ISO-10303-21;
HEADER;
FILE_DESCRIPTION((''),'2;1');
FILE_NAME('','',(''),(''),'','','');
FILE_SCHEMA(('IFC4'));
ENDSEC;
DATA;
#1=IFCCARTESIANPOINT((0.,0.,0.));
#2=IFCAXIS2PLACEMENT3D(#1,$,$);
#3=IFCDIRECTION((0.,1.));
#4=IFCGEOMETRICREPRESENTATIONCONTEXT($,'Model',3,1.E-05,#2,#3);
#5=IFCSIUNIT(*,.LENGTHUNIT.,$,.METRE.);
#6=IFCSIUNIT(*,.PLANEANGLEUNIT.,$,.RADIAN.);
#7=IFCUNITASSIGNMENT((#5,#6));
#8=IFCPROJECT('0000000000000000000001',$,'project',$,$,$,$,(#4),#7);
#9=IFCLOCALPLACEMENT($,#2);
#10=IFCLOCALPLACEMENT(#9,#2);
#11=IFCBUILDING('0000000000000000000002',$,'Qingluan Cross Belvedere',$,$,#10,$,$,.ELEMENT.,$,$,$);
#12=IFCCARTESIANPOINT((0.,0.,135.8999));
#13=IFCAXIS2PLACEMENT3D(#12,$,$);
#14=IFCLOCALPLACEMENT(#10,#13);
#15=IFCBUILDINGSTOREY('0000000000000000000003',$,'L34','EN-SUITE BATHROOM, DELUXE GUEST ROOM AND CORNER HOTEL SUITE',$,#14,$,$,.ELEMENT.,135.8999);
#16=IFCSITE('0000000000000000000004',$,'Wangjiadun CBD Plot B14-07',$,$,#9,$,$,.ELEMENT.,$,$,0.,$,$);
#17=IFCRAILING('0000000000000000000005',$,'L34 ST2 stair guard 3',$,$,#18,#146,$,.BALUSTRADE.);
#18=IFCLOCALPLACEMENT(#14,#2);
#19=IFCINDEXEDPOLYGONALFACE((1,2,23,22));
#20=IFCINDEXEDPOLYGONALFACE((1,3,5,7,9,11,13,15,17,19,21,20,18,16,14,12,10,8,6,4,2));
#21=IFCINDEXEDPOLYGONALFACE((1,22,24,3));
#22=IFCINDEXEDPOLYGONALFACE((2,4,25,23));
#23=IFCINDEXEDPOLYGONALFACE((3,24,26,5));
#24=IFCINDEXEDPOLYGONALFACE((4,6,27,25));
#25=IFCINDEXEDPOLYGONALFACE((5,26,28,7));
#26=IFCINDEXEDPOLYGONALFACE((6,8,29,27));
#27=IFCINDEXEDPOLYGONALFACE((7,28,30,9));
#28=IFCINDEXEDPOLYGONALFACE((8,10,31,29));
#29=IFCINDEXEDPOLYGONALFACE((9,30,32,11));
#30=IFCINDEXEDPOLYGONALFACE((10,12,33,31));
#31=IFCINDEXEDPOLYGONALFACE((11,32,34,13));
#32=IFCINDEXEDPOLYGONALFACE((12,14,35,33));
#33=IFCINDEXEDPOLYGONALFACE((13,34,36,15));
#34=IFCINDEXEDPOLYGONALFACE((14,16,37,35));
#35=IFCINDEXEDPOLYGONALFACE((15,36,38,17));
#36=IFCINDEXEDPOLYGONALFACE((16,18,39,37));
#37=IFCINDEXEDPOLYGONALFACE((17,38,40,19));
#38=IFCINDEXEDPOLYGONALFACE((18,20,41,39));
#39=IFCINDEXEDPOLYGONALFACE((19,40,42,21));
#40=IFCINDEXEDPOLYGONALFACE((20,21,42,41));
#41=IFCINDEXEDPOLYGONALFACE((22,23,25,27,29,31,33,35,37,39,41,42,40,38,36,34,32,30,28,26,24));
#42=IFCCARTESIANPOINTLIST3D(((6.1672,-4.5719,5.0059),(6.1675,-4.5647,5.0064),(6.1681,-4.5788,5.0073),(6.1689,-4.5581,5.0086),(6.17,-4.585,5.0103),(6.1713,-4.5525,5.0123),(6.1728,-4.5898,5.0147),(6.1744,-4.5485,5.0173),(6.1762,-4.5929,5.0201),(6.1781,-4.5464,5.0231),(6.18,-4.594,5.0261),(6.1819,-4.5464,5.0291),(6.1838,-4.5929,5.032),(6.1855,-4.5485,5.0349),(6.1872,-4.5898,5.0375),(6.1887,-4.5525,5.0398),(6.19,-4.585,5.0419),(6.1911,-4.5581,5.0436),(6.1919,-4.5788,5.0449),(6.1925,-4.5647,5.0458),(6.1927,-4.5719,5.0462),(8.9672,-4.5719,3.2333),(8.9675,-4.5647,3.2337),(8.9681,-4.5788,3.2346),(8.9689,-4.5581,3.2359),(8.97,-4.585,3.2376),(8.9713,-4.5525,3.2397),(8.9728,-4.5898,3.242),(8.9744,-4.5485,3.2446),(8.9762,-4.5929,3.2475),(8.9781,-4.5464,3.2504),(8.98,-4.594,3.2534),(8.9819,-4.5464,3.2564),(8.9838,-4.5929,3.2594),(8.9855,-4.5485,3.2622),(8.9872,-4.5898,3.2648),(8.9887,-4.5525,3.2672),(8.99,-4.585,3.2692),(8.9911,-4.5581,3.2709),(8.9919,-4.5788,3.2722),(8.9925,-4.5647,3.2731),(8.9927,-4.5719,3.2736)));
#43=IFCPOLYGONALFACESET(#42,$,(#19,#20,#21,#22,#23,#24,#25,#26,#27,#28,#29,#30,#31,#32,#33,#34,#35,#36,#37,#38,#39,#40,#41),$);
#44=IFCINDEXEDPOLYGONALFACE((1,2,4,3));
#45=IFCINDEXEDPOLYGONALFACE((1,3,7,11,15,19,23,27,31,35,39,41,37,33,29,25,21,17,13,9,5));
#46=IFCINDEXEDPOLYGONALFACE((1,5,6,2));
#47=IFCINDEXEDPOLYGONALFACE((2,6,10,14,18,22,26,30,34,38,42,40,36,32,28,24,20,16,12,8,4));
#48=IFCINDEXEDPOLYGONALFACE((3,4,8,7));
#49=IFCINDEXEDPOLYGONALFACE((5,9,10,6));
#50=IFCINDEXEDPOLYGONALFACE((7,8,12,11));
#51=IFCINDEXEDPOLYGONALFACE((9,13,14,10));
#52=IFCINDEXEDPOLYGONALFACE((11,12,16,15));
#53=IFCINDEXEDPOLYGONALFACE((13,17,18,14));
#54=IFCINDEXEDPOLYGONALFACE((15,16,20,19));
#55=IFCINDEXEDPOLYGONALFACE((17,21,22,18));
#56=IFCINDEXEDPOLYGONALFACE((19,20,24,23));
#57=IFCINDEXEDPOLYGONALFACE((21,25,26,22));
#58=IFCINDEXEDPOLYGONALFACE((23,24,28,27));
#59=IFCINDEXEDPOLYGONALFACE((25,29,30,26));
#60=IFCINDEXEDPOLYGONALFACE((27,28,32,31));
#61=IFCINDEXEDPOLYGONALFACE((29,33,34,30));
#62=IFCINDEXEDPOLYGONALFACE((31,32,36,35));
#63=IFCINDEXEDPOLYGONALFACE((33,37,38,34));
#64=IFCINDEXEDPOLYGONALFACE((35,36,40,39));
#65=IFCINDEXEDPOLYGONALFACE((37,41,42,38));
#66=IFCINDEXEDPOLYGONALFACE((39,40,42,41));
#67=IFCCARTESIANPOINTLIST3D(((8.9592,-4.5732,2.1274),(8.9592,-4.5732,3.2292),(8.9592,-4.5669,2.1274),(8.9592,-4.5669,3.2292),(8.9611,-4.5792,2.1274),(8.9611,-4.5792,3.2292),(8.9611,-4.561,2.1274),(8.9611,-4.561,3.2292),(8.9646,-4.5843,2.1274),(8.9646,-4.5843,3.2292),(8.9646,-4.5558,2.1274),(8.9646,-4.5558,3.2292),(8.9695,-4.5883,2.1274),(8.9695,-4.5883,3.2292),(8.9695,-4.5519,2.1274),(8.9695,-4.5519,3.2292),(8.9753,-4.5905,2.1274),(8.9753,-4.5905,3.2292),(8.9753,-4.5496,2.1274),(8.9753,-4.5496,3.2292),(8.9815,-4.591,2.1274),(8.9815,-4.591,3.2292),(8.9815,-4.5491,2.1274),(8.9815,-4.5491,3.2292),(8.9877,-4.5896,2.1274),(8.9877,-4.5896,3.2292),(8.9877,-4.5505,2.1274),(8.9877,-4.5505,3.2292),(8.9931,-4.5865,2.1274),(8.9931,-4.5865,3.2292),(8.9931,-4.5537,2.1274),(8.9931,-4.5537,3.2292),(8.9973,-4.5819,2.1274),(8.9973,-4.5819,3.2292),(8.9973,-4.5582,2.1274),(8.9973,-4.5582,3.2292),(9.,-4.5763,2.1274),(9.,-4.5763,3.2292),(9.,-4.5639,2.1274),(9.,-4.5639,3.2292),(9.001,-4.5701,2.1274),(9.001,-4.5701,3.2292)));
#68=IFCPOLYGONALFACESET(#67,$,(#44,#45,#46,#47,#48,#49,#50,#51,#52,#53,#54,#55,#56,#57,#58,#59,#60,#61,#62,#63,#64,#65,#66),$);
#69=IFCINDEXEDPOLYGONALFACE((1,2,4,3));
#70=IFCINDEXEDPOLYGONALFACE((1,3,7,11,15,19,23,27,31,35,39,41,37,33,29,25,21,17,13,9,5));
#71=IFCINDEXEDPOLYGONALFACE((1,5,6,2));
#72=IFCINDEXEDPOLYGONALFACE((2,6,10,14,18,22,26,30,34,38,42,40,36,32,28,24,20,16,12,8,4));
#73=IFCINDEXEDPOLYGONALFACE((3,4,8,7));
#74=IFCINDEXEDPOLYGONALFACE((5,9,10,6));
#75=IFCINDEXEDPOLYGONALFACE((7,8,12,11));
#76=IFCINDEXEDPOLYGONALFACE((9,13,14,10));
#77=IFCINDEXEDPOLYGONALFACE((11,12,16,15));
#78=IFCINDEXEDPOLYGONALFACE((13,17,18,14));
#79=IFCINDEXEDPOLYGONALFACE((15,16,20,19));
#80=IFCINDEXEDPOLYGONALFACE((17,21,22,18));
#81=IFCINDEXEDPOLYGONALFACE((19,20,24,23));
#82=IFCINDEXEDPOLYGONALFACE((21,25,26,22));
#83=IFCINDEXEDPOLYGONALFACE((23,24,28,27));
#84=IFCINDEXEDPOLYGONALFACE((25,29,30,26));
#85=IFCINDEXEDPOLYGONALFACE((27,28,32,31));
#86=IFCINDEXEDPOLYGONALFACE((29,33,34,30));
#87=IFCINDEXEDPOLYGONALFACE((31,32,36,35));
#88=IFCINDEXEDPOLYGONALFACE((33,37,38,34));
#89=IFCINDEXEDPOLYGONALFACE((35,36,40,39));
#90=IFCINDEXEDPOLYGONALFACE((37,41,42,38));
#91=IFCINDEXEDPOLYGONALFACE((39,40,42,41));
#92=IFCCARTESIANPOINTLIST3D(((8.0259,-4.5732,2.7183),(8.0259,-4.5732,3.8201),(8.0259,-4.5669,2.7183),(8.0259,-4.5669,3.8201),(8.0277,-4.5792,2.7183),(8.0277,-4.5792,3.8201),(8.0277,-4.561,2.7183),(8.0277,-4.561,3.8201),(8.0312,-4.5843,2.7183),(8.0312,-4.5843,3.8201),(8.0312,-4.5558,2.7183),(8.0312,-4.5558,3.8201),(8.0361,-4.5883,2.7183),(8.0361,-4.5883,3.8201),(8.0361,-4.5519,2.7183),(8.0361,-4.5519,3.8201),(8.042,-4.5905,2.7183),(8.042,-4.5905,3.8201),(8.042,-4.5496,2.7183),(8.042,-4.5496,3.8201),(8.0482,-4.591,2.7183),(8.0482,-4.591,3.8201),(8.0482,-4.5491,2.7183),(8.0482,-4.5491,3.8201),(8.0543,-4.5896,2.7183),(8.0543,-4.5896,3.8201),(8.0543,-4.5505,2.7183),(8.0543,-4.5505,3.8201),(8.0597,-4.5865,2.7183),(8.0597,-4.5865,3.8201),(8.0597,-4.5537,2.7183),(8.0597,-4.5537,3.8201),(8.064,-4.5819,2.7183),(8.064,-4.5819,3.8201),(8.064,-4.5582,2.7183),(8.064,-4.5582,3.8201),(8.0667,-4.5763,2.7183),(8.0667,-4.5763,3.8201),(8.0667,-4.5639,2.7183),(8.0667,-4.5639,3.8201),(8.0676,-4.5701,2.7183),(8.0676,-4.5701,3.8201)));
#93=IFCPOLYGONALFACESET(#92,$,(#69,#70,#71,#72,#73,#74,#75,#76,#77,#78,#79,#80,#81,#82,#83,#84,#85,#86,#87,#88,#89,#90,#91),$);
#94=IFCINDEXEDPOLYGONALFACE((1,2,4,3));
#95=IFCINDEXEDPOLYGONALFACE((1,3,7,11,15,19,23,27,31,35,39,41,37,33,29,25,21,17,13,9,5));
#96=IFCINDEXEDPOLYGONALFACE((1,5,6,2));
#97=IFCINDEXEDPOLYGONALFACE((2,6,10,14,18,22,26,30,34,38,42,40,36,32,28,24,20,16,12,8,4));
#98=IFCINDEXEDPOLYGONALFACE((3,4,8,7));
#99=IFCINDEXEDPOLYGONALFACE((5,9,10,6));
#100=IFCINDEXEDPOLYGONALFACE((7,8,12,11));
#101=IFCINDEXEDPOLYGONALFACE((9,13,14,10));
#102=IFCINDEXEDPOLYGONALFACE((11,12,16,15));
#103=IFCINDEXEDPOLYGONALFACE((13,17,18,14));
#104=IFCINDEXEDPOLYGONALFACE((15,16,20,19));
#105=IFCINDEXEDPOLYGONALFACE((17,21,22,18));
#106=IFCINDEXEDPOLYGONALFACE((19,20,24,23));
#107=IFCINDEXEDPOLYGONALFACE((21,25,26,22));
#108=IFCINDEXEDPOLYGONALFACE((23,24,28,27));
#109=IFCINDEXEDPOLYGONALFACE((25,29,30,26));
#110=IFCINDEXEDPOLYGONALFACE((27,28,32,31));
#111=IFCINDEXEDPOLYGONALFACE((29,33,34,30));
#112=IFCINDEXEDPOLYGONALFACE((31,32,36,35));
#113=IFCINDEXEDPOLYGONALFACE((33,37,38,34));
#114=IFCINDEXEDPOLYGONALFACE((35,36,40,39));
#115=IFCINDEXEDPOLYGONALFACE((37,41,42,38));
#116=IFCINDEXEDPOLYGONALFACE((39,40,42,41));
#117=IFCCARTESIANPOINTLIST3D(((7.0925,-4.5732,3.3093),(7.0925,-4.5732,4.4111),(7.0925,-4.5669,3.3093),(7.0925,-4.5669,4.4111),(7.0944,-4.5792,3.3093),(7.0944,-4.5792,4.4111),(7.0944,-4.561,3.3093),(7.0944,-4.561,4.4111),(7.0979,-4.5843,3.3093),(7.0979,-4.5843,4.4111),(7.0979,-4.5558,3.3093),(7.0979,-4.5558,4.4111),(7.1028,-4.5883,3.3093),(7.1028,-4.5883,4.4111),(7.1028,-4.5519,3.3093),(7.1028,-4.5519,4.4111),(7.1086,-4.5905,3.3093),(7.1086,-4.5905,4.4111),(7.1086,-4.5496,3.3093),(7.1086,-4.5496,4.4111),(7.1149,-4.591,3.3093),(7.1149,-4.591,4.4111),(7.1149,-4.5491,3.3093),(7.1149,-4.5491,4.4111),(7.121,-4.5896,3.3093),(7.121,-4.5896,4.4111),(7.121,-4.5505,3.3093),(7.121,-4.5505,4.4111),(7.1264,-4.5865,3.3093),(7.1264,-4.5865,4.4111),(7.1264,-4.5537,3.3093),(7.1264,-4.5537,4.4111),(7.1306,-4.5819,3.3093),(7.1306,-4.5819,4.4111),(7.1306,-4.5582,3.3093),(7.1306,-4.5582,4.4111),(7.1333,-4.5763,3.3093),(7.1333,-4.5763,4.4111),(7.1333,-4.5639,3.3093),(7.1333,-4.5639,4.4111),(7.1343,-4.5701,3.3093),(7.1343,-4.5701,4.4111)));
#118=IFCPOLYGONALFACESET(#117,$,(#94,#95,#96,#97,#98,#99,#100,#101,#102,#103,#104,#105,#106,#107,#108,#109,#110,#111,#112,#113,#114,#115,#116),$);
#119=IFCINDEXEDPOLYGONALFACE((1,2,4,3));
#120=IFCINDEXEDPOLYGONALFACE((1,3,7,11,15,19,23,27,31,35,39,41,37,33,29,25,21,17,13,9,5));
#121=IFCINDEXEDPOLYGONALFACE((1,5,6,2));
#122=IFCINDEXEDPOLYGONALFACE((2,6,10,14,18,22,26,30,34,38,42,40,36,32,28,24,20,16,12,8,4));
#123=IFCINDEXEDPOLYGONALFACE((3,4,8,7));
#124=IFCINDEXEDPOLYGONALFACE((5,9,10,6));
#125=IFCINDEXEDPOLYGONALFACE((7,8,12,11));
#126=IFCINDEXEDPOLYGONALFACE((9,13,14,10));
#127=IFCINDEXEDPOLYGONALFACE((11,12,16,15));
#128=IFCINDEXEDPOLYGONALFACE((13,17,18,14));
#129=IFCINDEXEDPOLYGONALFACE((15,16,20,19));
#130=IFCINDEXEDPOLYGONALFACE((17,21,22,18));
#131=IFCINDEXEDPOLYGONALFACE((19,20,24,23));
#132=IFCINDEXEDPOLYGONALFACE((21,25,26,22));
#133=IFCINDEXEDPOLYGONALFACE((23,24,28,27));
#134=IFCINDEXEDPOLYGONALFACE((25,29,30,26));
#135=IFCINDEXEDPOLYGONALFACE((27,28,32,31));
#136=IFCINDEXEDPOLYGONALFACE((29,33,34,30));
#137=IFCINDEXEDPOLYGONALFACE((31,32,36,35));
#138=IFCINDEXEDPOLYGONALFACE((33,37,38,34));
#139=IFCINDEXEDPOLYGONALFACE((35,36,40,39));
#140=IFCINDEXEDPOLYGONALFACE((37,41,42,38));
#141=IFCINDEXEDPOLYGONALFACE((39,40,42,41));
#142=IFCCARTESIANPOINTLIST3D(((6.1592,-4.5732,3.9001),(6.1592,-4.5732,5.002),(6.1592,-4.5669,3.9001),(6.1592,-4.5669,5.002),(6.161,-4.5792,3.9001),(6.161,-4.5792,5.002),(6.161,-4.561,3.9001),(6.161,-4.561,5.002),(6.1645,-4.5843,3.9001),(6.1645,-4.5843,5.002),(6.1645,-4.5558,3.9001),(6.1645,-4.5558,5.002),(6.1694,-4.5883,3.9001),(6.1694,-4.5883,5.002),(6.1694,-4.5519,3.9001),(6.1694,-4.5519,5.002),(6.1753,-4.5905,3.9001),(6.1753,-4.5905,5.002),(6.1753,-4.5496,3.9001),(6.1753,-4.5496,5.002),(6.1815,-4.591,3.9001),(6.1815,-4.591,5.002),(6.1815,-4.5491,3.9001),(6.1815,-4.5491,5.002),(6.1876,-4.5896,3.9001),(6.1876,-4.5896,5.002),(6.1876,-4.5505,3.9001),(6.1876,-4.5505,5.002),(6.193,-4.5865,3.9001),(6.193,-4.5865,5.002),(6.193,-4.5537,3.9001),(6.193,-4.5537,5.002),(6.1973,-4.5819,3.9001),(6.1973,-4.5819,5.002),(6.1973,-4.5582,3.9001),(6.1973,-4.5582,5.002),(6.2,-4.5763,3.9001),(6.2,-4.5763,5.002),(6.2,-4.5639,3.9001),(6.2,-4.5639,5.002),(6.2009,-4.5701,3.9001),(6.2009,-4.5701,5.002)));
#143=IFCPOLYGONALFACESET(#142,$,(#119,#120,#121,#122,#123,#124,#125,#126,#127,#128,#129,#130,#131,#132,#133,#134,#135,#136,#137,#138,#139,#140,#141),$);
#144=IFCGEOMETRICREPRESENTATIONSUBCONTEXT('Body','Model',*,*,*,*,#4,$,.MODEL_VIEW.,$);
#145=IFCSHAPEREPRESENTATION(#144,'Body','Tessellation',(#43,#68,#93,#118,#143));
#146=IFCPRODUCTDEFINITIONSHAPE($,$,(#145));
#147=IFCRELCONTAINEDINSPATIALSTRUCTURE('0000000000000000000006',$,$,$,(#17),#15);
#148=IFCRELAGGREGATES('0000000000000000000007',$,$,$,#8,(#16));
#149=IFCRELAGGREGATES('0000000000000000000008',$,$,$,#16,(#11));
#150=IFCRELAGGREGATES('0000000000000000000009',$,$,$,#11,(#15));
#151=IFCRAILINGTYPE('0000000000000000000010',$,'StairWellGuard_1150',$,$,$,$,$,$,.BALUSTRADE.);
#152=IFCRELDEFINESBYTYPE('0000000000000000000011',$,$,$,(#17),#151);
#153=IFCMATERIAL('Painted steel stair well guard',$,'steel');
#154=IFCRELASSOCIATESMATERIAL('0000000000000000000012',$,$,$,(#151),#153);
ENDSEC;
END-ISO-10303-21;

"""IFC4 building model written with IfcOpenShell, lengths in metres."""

from ifc_helpers import new_model, si_unit, direction, frame, origin, origin_2d, place, context, subcontext, project, spatial, circle, extrude, material, type_object, element, save


model = new_model("IFC4")

# Units and contexts
model_context = context("Model", 3, precision=1e-05, world=origin(), true_north=direction((0.0, 1.0)))
body_context = subcontext(model_context, "Body", "Model", "MODEL_VIEW")
ifc_project = project(units=[si_unit("LENGTHUNIT", "METRE"), si_unit("PLANEANGLEUNIT", "RADIAN")], contexts=[model_context])

# Site, building, storey
site_placement = place(None, origin())
site = spatial("IfcSite", under=ifc_project, at=site_placement, Name="Wangjiadun CBD Plot B14-07", CompositionType="ELEMENT", RefElevation=0.0)
building_placement = place(site_placement, origin())
building = spatial("IfcBuilding", under=site, at=building_placement, Name="Qingluan Cross Belvedere", CompositionType="ELEMENT")
storey_placement = place(building_placement, frame((0.0, 0.0, 135.8999)))
storey = spatial("IfcBuildingStorey", under=building, at=storey_placement, Name="L34", Description="EN-SUITE BATHROOM, DELUXE GUEST ROOM AND CORNER HOTEL SUITE", CompositionType="ELEMENT", Elevation=135.8999)

# Railing
ifc_material_1 = material(Name="Painted steel stair well guard", Category="steel")
railing_type_1 = type_object("IfcRailingType", Name="StairWellGuard_1150", PredefinedType="BALUSTRADE", material=ifc_material_1)
railing_1_placement = place(storey_placement, frame((8.98, -4.5701, 2.1274)))
element("IfcRailing", 1, at=railing_1_placement, inside=storey, type_object=railing_type_1, Name="L34 ST2 stair guard 3", PredefinedType="BALUSTRADE", context=body_context, shape_type="SweptSolid", body=[
    extrude(circle(Radius=0.0239, at=origin_2d()), frame((0.0, 0.0, 1.126), z_axis=(-0.844909, 0.0, 0.53491), x_axis=(0.0, -1.0, 0.0)), (0.0, 0.0, 1.0), 3.314),
    extrude(circle(Radius=0.021, at=origin_2d()), origin(), (0.0, 0.0, 1.0), 1.1018),
    extrude(circle(Radius=0.021, at=origin_2d()), frame((-0.9333, 0.0, 0.5908)), (0.0, 0.0, 1.0), 1.1018),
    extrude(circle(Radius=0.021, at=origin_2d()), frame((-1.8667, 0.0, 1.1819)), (0.0, 0.0, 1.0), 1.1018),
    extrude(circle(Radius=0.021, at=origin_2d()), frame((-2.8, 0.0, 1.7727)), (0.0, 0.0, 1.0), 1.1018),
])

save(model, "model.ifc")
